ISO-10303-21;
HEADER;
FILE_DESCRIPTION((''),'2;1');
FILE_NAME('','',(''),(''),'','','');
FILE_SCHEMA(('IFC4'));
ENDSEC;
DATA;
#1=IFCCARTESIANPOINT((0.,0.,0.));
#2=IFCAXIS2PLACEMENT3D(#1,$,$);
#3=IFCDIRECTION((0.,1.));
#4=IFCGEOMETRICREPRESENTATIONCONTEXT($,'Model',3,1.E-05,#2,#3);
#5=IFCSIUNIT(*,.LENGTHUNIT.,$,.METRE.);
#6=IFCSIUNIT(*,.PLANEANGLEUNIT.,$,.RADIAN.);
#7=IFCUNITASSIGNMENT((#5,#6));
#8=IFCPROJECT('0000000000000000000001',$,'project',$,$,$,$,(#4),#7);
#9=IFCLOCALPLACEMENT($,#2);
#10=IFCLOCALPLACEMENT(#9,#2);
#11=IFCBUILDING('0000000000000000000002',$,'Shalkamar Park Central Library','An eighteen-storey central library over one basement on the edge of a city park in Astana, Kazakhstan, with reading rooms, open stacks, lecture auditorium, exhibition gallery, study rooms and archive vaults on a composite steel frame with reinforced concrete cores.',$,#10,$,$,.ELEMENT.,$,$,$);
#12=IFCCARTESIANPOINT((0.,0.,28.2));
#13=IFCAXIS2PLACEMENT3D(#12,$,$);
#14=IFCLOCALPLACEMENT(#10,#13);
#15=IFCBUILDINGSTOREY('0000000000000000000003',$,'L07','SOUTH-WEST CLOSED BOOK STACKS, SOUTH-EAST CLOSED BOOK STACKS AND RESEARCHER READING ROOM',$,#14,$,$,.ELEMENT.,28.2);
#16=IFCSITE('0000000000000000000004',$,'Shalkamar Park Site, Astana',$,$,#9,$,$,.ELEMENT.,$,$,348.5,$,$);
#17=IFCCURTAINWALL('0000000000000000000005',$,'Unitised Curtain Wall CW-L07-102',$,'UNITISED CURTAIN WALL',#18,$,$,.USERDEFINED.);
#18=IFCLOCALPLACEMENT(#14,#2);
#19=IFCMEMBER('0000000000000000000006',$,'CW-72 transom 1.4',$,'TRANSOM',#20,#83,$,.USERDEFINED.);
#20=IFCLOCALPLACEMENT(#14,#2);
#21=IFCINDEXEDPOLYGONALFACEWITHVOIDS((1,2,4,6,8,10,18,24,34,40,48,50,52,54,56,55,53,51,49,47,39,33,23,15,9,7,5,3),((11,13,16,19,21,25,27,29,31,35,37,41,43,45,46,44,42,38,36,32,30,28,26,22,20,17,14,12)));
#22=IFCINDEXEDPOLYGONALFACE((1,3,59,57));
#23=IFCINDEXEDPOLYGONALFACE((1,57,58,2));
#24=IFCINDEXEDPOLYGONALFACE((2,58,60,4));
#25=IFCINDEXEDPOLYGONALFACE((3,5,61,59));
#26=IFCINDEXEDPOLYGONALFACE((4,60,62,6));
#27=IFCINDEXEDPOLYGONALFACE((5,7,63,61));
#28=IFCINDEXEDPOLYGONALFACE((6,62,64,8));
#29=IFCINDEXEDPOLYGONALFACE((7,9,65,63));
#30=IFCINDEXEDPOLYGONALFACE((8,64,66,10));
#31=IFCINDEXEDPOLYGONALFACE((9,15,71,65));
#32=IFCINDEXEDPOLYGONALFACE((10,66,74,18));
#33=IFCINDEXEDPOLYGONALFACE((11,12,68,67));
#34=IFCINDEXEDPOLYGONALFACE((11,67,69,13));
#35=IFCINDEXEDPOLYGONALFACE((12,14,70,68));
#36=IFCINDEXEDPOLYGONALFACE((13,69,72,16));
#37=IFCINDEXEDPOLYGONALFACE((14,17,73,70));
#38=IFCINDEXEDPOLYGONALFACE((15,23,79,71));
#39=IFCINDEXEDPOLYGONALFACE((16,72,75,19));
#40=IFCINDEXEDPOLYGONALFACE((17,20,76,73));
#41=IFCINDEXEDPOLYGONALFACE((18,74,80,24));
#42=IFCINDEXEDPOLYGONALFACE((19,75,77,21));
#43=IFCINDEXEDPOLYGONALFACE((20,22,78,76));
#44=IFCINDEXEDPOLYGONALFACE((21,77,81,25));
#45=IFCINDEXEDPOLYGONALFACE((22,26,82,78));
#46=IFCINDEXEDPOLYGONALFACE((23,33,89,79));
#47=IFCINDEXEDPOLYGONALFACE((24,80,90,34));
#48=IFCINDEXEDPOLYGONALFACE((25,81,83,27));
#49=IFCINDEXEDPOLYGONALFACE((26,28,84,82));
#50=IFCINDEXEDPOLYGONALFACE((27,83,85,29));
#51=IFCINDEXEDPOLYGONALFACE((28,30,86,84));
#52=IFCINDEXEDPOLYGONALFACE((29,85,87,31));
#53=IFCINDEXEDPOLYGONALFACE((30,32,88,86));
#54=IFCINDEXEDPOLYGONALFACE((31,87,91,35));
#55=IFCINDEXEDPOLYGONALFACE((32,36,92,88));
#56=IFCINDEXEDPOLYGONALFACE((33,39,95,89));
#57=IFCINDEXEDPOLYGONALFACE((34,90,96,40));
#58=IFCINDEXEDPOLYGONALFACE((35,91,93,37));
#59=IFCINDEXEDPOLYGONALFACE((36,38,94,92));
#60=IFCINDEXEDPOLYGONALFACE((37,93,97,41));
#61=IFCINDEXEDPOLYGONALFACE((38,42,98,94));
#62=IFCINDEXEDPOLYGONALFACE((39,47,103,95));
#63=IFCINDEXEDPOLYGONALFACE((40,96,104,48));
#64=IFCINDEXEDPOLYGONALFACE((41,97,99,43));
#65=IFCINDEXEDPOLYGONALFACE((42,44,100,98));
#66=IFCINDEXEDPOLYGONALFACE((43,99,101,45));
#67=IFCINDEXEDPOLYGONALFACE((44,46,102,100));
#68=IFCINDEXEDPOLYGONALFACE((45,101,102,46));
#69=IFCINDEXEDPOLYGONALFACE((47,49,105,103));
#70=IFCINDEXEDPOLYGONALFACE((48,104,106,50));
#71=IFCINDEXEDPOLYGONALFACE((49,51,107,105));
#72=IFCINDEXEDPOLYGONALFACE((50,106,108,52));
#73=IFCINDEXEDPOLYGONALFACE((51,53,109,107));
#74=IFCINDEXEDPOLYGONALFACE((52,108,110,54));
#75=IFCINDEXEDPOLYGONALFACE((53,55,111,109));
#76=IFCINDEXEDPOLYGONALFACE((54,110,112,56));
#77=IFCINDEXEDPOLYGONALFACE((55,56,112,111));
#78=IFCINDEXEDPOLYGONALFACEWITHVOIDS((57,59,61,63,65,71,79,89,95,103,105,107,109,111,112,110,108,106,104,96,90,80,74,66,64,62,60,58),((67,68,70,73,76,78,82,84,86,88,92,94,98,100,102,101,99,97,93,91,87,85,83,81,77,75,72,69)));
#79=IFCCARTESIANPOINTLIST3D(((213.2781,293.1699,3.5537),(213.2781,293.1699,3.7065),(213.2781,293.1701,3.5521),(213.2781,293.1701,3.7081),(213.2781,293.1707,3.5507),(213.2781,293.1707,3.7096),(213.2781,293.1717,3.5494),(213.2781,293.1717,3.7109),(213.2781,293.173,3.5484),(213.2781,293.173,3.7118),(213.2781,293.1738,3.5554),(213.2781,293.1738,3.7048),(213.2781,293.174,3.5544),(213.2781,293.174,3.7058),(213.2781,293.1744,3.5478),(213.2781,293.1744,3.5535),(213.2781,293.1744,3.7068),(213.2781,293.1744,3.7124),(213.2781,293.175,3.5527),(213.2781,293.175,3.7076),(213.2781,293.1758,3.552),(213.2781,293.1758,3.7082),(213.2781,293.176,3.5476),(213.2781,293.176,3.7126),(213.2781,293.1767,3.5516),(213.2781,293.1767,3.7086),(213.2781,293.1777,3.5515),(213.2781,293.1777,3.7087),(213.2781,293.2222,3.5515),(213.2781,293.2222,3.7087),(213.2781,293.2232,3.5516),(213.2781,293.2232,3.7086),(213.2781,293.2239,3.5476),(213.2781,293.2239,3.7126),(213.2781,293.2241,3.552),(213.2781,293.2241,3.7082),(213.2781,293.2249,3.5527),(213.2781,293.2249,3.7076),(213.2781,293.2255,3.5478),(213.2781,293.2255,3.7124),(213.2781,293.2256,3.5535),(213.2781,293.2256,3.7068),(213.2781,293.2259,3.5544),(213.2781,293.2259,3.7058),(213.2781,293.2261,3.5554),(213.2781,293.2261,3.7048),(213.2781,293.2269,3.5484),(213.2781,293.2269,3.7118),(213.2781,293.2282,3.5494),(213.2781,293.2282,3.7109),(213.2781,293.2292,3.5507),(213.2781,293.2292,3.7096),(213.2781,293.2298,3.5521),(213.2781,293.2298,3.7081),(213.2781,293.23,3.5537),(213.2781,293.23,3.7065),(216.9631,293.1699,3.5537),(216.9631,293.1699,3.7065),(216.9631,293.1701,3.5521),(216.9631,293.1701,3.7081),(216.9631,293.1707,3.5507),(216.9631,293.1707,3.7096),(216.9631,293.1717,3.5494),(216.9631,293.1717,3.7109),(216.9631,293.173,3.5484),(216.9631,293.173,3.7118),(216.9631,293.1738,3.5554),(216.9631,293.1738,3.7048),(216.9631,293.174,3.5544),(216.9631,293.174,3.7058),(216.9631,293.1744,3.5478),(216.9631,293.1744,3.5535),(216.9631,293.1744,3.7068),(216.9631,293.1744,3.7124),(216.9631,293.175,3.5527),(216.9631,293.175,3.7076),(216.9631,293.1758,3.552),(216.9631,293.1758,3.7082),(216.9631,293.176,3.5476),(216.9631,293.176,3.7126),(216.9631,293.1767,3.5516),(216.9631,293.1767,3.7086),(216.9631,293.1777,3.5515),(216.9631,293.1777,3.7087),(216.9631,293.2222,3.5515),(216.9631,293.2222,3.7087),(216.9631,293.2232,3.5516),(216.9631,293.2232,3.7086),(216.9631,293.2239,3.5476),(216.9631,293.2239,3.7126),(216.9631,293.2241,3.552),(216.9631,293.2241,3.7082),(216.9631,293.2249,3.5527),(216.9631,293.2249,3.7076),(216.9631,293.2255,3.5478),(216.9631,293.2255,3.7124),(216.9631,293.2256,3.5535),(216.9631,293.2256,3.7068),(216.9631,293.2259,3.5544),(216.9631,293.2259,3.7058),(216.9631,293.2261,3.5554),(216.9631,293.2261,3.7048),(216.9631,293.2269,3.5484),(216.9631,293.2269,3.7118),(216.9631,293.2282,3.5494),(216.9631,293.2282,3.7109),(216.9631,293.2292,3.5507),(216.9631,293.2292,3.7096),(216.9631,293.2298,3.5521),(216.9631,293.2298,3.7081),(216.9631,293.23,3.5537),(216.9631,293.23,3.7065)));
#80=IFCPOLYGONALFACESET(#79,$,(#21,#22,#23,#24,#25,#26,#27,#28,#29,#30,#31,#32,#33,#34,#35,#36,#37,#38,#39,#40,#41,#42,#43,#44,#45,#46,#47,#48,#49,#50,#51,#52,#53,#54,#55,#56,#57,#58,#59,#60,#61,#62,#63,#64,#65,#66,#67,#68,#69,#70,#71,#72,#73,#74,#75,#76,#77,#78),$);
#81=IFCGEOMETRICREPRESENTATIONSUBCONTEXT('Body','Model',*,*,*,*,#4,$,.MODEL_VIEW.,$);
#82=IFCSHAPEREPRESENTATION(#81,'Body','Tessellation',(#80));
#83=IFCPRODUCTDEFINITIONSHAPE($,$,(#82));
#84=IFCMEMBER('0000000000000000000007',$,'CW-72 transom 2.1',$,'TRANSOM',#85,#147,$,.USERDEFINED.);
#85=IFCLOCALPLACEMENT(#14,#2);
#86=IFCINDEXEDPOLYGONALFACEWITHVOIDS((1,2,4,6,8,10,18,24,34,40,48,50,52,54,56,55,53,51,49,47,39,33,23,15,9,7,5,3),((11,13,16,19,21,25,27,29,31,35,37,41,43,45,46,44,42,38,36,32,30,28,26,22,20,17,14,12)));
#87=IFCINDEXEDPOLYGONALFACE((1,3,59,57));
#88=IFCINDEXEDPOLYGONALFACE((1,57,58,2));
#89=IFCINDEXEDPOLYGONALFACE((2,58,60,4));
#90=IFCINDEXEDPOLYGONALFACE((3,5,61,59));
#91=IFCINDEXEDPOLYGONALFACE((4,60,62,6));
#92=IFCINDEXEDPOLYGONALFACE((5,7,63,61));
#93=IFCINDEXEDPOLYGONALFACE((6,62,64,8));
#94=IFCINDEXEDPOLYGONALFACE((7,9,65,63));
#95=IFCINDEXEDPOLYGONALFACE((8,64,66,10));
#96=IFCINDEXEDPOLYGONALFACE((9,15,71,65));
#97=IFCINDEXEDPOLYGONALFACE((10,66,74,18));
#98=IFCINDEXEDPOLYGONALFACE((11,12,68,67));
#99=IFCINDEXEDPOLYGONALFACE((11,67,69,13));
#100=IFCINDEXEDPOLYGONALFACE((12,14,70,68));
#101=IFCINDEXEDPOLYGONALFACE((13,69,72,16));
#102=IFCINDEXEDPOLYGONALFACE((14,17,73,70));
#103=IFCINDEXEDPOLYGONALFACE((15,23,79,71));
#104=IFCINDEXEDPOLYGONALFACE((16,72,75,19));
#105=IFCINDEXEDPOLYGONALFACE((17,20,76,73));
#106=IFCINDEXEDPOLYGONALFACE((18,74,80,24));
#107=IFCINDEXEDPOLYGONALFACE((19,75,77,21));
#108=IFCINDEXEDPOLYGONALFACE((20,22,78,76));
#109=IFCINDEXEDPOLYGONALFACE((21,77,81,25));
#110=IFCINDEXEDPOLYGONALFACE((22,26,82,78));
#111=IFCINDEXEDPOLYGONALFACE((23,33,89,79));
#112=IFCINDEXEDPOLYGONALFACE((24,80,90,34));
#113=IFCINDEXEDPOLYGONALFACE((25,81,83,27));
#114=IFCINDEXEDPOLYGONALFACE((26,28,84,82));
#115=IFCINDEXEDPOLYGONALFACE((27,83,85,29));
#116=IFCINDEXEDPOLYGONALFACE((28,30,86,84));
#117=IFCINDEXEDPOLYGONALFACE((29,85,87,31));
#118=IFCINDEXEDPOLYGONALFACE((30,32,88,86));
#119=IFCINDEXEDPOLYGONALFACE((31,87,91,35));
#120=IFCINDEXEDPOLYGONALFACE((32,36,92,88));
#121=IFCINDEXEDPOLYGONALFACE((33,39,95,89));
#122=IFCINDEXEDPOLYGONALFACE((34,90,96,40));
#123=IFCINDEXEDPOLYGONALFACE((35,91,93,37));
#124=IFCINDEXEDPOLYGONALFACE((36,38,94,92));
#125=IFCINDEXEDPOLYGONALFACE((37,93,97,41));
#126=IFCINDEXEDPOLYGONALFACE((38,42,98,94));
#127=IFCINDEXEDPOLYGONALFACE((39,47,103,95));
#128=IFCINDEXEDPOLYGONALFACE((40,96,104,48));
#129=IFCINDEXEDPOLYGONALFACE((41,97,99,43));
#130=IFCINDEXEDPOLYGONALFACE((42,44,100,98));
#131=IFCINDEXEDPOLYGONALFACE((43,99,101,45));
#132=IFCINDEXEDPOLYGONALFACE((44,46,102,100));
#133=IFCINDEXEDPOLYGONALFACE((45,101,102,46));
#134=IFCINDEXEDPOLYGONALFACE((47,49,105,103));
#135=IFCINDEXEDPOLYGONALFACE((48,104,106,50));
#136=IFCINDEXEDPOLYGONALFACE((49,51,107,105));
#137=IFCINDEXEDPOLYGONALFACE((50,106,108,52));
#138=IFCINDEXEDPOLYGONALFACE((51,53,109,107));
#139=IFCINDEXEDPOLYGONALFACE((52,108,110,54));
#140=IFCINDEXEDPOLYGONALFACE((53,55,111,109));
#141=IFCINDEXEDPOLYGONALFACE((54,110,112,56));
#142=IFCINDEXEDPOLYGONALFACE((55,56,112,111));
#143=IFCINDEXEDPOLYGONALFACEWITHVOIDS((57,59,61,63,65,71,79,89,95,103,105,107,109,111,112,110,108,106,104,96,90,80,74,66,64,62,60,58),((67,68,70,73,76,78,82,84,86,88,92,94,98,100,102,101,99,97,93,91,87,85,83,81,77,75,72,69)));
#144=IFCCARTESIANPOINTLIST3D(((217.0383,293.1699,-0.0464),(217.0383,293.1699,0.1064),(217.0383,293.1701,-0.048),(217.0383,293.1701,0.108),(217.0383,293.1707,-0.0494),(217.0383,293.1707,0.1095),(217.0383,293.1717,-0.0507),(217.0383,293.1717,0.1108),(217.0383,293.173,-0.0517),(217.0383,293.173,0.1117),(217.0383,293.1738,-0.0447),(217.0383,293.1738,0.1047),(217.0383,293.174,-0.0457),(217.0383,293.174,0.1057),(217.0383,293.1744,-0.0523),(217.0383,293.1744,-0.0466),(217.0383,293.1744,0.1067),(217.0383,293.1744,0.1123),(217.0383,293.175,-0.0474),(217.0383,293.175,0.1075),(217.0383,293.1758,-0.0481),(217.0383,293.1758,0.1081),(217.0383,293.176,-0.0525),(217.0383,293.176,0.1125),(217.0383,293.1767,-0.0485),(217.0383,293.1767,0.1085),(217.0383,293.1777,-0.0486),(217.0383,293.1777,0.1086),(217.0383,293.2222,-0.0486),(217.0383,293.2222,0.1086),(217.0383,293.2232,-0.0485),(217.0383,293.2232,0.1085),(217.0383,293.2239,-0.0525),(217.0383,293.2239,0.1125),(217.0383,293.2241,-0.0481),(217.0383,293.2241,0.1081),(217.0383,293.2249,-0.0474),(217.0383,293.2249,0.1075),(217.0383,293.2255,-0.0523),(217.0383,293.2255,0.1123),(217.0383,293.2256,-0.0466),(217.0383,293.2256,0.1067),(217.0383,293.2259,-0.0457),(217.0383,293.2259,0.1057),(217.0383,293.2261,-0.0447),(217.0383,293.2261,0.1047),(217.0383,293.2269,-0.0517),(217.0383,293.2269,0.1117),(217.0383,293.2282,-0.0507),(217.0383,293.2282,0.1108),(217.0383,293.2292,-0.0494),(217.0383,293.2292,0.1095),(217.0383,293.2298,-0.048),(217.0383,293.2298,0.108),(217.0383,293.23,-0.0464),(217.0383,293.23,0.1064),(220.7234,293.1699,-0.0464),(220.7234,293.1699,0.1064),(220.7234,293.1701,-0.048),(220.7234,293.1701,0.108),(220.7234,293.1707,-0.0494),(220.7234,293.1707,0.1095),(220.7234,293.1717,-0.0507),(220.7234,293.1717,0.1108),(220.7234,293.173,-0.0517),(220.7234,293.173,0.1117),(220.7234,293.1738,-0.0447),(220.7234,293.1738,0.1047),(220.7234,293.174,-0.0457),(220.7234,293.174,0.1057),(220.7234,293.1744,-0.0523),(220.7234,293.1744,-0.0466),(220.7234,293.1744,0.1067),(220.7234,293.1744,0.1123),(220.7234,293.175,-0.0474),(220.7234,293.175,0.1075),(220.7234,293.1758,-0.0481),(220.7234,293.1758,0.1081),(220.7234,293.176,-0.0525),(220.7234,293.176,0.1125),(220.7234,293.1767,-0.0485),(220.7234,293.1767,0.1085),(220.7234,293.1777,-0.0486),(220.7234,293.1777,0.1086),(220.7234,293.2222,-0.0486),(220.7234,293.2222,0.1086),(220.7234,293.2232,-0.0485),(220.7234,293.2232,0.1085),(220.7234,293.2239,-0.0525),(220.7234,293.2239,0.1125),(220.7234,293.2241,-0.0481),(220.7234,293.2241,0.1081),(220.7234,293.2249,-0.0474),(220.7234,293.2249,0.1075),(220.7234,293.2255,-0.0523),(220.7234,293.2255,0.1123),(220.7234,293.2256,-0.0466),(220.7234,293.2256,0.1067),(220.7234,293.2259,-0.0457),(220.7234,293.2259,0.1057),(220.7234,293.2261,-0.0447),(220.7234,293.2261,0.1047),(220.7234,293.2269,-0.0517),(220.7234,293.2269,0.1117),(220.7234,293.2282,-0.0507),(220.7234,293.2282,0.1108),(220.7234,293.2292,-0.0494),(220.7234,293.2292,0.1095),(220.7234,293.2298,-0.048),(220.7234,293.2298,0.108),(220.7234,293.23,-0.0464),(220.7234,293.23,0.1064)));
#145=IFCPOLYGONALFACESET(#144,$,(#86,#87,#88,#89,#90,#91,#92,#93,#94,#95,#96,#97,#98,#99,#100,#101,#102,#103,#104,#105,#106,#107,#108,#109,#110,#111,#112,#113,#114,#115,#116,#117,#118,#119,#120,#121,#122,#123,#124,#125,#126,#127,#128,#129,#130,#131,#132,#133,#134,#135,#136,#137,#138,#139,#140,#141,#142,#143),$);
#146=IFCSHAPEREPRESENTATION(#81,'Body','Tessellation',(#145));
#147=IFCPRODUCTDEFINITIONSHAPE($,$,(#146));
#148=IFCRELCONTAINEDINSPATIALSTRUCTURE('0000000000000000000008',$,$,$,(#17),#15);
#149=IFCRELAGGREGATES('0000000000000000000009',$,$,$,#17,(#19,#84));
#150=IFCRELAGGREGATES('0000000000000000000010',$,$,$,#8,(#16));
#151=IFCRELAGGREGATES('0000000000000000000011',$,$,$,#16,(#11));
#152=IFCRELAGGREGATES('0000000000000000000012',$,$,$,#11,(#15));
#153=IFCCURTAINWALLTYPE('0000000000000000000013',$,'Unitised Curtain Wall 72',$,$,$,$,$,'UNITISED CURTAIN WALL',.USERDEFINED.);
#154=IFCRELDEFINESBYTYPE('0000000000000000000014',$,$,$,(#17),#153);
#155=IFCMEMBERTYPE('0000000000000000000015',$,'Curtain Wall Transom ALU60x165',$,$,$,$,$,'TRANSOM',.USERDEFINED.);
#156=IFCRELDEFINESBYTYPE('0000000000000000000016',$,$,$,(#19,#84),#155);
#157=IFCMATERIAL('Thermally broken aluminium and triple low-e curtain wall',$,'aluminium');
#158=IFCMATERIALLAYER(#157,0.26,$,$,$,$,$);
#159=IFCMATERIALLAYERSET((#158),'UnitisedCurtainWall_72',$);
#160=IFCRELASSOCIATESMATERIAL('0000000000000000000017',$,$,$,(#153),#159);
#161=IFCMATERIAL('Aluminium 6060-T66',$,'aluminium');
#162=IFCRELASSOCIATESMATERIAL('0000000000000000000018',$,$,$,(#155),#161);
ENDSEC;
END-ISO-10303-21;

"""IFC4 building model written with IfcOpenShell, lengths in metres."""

from ifc_helpers import new_model, si_unit, direction, frame, origin, origin_2d, place, context, subcontext, project, spatial, hollow_rectangle, extrude, material, layer, layer_set, material_profile, profile_set, type_object, element, aggregate, save


model = new_model("IFC4")

# Units and contexts
model_context = context("Model", 3, precision=1e-05, world=origin(), true_north=direction((0.0, 1.0)))
body_context = subcontext(model_context, "Body", "Model", "MODEL_VIEW")
ifc_project = project(units=[si_unit("LENGTHUNIT", "METRE"), si_unit("PLANEANGLEUNIT", "RADIAN")], contexts=[model_context])

# Site, building, storey
site_placement = place(None, origin())
site = spatial("IfcSite", under=ifc_project, at=site_placement, Name="Shalkamar Park Site, Astana", CompositionType="ELEMENT", RefElevation=348.5)
building_placement = place(site_placement, origin())
building = spatial("IfcBuilding", under=site, at=building_placement, Name="Shalkamar Park Central Library", Description="An eighteen-storey central library over one basement on the edge of a city park in Astana, Kazakhstan, with reading rooms, open stacks, lecture auditorium, exhibition gallery, study rooms and archive vaults on a composite steel frame with reinforced concrete cores.", CompositionType="ELEMENT")
storey_placement = place(building_placement, frame((0.0, 0.0, 28.2)))
storey = spatial("IfcBuildingStorey", under=building, at=storey_placement, Name="L07", Description="SOUTH-WEST CLOSED BOOK STACKS, SOUTH-EAST CLOSED BOOK STACKS AND RESEARCHER READING ROOM", CompositionType="ELEMENT", Elevation=28.2)

# Shared definitions
ifc_material_1 = material(Name="Thermally broken aluminium and triple low-e curtain wall", Category="aluminium")
ifc_material_2 = material(Name="Aluminium 6060-T66", Category="aluminium")

# Curtain wall
ifc_layer_1 = layer(ifc_material_1, 0.26)
ifc_layer_set_1 = layer_set([ifc_layer_1], Name="UnitisedCurtainWall_72")
curtain_wall_type_1 = type_object("IfcCurtainWallType", Name="Unitised Curtain Wall 72", ElementType="UNITISED CURTAIN WALL", PredefinedType="USERDEFINED", material=ifc_layer_set_1)
curtain_wall_1_placement = place(storey_placement, origin())
curtain_wall_1 = element("IfcCurtainWall", 1, at=curtain_wall_1_placement, inside=storey, type_object=curtain_wall_type_1, Name="Unitised Curtain Wall CW-L07-102", ObjectType="UNITISED CURTAIN WALL", PredefinedType="USERDEFINED")

# Members
ifc_material_profile_1 = material_profile(ifc_material_2, hollow_rectangle(XDim=0.0601, YDim=0.165, WallThickness=0.0039, InnerFilletRadius=0.0039, OuterFilletRadius=0.0061, at=origin_2d()), Name="ALU 60x165x4")
ifc_profile_set_1 = profile_set([ifc_material_profile_1], Name="Aluminium 6060-T66")
member_type_1 = type_object("IfcMemberType", Name="Curtain Wall Transom ALU60x165", ElementType="TRANSOM", PredefinedType="USERDEFINED", material=ifc_profile_set_1)
member_1_placement = place(storey_placement, frame((213.2781, 293.2, 3.6301), z_axis=(1.0, 0.0, 0.0), x_axis=(0.0, 1.0, 0.0)))
member_1 = element("IfcMember", 2, at=member_1_placement, type_object=member_type_1, Name="CW-72 transom 1.4", ObjectType="TRANSOM", PredefinedType="USERDEFINED", context=body_context, shape_type="SweptSolid", body=[
    extrude(hollow_rectangle(XDim=0.0601, YDim=0.165, WallThickness=0.0039, InnerFilletRadius=0.0039, OuterFilletRadius=0.0061, at=origin_2d()), origin(), (0.0, 0.0, 1.0), 3.6851),
])
member_2_placement = place(storey_placement, frame((217.0383, 293.2, 0.03), z_axis=(1.0, 0.0, 0.0), x_axis=(0.0, 1.0, 0.0)))
member_2 = element("IfcMember", 3, at=member_2_placement, type_object=member_type_1, Name="CW-72 transom 2.1", ObjectType="TRANSOM", PredefinedType="USERDEFINED", context=body_context, shape_type="SweptSolid", body=[
    extrude(hollow_rectangle(XDim=0.0601, YDim=0.165, WallThickness=0.0039, InnerFilletRadius=0.0039, OuterFilletRadius=0.0061, at=origin_2d()), origin(), (0.0, 0.0, 1.0), 3.6851),
])

aggregate(curtain_wall_1, [member_1, member_2])

save(model, "model.ifc")
